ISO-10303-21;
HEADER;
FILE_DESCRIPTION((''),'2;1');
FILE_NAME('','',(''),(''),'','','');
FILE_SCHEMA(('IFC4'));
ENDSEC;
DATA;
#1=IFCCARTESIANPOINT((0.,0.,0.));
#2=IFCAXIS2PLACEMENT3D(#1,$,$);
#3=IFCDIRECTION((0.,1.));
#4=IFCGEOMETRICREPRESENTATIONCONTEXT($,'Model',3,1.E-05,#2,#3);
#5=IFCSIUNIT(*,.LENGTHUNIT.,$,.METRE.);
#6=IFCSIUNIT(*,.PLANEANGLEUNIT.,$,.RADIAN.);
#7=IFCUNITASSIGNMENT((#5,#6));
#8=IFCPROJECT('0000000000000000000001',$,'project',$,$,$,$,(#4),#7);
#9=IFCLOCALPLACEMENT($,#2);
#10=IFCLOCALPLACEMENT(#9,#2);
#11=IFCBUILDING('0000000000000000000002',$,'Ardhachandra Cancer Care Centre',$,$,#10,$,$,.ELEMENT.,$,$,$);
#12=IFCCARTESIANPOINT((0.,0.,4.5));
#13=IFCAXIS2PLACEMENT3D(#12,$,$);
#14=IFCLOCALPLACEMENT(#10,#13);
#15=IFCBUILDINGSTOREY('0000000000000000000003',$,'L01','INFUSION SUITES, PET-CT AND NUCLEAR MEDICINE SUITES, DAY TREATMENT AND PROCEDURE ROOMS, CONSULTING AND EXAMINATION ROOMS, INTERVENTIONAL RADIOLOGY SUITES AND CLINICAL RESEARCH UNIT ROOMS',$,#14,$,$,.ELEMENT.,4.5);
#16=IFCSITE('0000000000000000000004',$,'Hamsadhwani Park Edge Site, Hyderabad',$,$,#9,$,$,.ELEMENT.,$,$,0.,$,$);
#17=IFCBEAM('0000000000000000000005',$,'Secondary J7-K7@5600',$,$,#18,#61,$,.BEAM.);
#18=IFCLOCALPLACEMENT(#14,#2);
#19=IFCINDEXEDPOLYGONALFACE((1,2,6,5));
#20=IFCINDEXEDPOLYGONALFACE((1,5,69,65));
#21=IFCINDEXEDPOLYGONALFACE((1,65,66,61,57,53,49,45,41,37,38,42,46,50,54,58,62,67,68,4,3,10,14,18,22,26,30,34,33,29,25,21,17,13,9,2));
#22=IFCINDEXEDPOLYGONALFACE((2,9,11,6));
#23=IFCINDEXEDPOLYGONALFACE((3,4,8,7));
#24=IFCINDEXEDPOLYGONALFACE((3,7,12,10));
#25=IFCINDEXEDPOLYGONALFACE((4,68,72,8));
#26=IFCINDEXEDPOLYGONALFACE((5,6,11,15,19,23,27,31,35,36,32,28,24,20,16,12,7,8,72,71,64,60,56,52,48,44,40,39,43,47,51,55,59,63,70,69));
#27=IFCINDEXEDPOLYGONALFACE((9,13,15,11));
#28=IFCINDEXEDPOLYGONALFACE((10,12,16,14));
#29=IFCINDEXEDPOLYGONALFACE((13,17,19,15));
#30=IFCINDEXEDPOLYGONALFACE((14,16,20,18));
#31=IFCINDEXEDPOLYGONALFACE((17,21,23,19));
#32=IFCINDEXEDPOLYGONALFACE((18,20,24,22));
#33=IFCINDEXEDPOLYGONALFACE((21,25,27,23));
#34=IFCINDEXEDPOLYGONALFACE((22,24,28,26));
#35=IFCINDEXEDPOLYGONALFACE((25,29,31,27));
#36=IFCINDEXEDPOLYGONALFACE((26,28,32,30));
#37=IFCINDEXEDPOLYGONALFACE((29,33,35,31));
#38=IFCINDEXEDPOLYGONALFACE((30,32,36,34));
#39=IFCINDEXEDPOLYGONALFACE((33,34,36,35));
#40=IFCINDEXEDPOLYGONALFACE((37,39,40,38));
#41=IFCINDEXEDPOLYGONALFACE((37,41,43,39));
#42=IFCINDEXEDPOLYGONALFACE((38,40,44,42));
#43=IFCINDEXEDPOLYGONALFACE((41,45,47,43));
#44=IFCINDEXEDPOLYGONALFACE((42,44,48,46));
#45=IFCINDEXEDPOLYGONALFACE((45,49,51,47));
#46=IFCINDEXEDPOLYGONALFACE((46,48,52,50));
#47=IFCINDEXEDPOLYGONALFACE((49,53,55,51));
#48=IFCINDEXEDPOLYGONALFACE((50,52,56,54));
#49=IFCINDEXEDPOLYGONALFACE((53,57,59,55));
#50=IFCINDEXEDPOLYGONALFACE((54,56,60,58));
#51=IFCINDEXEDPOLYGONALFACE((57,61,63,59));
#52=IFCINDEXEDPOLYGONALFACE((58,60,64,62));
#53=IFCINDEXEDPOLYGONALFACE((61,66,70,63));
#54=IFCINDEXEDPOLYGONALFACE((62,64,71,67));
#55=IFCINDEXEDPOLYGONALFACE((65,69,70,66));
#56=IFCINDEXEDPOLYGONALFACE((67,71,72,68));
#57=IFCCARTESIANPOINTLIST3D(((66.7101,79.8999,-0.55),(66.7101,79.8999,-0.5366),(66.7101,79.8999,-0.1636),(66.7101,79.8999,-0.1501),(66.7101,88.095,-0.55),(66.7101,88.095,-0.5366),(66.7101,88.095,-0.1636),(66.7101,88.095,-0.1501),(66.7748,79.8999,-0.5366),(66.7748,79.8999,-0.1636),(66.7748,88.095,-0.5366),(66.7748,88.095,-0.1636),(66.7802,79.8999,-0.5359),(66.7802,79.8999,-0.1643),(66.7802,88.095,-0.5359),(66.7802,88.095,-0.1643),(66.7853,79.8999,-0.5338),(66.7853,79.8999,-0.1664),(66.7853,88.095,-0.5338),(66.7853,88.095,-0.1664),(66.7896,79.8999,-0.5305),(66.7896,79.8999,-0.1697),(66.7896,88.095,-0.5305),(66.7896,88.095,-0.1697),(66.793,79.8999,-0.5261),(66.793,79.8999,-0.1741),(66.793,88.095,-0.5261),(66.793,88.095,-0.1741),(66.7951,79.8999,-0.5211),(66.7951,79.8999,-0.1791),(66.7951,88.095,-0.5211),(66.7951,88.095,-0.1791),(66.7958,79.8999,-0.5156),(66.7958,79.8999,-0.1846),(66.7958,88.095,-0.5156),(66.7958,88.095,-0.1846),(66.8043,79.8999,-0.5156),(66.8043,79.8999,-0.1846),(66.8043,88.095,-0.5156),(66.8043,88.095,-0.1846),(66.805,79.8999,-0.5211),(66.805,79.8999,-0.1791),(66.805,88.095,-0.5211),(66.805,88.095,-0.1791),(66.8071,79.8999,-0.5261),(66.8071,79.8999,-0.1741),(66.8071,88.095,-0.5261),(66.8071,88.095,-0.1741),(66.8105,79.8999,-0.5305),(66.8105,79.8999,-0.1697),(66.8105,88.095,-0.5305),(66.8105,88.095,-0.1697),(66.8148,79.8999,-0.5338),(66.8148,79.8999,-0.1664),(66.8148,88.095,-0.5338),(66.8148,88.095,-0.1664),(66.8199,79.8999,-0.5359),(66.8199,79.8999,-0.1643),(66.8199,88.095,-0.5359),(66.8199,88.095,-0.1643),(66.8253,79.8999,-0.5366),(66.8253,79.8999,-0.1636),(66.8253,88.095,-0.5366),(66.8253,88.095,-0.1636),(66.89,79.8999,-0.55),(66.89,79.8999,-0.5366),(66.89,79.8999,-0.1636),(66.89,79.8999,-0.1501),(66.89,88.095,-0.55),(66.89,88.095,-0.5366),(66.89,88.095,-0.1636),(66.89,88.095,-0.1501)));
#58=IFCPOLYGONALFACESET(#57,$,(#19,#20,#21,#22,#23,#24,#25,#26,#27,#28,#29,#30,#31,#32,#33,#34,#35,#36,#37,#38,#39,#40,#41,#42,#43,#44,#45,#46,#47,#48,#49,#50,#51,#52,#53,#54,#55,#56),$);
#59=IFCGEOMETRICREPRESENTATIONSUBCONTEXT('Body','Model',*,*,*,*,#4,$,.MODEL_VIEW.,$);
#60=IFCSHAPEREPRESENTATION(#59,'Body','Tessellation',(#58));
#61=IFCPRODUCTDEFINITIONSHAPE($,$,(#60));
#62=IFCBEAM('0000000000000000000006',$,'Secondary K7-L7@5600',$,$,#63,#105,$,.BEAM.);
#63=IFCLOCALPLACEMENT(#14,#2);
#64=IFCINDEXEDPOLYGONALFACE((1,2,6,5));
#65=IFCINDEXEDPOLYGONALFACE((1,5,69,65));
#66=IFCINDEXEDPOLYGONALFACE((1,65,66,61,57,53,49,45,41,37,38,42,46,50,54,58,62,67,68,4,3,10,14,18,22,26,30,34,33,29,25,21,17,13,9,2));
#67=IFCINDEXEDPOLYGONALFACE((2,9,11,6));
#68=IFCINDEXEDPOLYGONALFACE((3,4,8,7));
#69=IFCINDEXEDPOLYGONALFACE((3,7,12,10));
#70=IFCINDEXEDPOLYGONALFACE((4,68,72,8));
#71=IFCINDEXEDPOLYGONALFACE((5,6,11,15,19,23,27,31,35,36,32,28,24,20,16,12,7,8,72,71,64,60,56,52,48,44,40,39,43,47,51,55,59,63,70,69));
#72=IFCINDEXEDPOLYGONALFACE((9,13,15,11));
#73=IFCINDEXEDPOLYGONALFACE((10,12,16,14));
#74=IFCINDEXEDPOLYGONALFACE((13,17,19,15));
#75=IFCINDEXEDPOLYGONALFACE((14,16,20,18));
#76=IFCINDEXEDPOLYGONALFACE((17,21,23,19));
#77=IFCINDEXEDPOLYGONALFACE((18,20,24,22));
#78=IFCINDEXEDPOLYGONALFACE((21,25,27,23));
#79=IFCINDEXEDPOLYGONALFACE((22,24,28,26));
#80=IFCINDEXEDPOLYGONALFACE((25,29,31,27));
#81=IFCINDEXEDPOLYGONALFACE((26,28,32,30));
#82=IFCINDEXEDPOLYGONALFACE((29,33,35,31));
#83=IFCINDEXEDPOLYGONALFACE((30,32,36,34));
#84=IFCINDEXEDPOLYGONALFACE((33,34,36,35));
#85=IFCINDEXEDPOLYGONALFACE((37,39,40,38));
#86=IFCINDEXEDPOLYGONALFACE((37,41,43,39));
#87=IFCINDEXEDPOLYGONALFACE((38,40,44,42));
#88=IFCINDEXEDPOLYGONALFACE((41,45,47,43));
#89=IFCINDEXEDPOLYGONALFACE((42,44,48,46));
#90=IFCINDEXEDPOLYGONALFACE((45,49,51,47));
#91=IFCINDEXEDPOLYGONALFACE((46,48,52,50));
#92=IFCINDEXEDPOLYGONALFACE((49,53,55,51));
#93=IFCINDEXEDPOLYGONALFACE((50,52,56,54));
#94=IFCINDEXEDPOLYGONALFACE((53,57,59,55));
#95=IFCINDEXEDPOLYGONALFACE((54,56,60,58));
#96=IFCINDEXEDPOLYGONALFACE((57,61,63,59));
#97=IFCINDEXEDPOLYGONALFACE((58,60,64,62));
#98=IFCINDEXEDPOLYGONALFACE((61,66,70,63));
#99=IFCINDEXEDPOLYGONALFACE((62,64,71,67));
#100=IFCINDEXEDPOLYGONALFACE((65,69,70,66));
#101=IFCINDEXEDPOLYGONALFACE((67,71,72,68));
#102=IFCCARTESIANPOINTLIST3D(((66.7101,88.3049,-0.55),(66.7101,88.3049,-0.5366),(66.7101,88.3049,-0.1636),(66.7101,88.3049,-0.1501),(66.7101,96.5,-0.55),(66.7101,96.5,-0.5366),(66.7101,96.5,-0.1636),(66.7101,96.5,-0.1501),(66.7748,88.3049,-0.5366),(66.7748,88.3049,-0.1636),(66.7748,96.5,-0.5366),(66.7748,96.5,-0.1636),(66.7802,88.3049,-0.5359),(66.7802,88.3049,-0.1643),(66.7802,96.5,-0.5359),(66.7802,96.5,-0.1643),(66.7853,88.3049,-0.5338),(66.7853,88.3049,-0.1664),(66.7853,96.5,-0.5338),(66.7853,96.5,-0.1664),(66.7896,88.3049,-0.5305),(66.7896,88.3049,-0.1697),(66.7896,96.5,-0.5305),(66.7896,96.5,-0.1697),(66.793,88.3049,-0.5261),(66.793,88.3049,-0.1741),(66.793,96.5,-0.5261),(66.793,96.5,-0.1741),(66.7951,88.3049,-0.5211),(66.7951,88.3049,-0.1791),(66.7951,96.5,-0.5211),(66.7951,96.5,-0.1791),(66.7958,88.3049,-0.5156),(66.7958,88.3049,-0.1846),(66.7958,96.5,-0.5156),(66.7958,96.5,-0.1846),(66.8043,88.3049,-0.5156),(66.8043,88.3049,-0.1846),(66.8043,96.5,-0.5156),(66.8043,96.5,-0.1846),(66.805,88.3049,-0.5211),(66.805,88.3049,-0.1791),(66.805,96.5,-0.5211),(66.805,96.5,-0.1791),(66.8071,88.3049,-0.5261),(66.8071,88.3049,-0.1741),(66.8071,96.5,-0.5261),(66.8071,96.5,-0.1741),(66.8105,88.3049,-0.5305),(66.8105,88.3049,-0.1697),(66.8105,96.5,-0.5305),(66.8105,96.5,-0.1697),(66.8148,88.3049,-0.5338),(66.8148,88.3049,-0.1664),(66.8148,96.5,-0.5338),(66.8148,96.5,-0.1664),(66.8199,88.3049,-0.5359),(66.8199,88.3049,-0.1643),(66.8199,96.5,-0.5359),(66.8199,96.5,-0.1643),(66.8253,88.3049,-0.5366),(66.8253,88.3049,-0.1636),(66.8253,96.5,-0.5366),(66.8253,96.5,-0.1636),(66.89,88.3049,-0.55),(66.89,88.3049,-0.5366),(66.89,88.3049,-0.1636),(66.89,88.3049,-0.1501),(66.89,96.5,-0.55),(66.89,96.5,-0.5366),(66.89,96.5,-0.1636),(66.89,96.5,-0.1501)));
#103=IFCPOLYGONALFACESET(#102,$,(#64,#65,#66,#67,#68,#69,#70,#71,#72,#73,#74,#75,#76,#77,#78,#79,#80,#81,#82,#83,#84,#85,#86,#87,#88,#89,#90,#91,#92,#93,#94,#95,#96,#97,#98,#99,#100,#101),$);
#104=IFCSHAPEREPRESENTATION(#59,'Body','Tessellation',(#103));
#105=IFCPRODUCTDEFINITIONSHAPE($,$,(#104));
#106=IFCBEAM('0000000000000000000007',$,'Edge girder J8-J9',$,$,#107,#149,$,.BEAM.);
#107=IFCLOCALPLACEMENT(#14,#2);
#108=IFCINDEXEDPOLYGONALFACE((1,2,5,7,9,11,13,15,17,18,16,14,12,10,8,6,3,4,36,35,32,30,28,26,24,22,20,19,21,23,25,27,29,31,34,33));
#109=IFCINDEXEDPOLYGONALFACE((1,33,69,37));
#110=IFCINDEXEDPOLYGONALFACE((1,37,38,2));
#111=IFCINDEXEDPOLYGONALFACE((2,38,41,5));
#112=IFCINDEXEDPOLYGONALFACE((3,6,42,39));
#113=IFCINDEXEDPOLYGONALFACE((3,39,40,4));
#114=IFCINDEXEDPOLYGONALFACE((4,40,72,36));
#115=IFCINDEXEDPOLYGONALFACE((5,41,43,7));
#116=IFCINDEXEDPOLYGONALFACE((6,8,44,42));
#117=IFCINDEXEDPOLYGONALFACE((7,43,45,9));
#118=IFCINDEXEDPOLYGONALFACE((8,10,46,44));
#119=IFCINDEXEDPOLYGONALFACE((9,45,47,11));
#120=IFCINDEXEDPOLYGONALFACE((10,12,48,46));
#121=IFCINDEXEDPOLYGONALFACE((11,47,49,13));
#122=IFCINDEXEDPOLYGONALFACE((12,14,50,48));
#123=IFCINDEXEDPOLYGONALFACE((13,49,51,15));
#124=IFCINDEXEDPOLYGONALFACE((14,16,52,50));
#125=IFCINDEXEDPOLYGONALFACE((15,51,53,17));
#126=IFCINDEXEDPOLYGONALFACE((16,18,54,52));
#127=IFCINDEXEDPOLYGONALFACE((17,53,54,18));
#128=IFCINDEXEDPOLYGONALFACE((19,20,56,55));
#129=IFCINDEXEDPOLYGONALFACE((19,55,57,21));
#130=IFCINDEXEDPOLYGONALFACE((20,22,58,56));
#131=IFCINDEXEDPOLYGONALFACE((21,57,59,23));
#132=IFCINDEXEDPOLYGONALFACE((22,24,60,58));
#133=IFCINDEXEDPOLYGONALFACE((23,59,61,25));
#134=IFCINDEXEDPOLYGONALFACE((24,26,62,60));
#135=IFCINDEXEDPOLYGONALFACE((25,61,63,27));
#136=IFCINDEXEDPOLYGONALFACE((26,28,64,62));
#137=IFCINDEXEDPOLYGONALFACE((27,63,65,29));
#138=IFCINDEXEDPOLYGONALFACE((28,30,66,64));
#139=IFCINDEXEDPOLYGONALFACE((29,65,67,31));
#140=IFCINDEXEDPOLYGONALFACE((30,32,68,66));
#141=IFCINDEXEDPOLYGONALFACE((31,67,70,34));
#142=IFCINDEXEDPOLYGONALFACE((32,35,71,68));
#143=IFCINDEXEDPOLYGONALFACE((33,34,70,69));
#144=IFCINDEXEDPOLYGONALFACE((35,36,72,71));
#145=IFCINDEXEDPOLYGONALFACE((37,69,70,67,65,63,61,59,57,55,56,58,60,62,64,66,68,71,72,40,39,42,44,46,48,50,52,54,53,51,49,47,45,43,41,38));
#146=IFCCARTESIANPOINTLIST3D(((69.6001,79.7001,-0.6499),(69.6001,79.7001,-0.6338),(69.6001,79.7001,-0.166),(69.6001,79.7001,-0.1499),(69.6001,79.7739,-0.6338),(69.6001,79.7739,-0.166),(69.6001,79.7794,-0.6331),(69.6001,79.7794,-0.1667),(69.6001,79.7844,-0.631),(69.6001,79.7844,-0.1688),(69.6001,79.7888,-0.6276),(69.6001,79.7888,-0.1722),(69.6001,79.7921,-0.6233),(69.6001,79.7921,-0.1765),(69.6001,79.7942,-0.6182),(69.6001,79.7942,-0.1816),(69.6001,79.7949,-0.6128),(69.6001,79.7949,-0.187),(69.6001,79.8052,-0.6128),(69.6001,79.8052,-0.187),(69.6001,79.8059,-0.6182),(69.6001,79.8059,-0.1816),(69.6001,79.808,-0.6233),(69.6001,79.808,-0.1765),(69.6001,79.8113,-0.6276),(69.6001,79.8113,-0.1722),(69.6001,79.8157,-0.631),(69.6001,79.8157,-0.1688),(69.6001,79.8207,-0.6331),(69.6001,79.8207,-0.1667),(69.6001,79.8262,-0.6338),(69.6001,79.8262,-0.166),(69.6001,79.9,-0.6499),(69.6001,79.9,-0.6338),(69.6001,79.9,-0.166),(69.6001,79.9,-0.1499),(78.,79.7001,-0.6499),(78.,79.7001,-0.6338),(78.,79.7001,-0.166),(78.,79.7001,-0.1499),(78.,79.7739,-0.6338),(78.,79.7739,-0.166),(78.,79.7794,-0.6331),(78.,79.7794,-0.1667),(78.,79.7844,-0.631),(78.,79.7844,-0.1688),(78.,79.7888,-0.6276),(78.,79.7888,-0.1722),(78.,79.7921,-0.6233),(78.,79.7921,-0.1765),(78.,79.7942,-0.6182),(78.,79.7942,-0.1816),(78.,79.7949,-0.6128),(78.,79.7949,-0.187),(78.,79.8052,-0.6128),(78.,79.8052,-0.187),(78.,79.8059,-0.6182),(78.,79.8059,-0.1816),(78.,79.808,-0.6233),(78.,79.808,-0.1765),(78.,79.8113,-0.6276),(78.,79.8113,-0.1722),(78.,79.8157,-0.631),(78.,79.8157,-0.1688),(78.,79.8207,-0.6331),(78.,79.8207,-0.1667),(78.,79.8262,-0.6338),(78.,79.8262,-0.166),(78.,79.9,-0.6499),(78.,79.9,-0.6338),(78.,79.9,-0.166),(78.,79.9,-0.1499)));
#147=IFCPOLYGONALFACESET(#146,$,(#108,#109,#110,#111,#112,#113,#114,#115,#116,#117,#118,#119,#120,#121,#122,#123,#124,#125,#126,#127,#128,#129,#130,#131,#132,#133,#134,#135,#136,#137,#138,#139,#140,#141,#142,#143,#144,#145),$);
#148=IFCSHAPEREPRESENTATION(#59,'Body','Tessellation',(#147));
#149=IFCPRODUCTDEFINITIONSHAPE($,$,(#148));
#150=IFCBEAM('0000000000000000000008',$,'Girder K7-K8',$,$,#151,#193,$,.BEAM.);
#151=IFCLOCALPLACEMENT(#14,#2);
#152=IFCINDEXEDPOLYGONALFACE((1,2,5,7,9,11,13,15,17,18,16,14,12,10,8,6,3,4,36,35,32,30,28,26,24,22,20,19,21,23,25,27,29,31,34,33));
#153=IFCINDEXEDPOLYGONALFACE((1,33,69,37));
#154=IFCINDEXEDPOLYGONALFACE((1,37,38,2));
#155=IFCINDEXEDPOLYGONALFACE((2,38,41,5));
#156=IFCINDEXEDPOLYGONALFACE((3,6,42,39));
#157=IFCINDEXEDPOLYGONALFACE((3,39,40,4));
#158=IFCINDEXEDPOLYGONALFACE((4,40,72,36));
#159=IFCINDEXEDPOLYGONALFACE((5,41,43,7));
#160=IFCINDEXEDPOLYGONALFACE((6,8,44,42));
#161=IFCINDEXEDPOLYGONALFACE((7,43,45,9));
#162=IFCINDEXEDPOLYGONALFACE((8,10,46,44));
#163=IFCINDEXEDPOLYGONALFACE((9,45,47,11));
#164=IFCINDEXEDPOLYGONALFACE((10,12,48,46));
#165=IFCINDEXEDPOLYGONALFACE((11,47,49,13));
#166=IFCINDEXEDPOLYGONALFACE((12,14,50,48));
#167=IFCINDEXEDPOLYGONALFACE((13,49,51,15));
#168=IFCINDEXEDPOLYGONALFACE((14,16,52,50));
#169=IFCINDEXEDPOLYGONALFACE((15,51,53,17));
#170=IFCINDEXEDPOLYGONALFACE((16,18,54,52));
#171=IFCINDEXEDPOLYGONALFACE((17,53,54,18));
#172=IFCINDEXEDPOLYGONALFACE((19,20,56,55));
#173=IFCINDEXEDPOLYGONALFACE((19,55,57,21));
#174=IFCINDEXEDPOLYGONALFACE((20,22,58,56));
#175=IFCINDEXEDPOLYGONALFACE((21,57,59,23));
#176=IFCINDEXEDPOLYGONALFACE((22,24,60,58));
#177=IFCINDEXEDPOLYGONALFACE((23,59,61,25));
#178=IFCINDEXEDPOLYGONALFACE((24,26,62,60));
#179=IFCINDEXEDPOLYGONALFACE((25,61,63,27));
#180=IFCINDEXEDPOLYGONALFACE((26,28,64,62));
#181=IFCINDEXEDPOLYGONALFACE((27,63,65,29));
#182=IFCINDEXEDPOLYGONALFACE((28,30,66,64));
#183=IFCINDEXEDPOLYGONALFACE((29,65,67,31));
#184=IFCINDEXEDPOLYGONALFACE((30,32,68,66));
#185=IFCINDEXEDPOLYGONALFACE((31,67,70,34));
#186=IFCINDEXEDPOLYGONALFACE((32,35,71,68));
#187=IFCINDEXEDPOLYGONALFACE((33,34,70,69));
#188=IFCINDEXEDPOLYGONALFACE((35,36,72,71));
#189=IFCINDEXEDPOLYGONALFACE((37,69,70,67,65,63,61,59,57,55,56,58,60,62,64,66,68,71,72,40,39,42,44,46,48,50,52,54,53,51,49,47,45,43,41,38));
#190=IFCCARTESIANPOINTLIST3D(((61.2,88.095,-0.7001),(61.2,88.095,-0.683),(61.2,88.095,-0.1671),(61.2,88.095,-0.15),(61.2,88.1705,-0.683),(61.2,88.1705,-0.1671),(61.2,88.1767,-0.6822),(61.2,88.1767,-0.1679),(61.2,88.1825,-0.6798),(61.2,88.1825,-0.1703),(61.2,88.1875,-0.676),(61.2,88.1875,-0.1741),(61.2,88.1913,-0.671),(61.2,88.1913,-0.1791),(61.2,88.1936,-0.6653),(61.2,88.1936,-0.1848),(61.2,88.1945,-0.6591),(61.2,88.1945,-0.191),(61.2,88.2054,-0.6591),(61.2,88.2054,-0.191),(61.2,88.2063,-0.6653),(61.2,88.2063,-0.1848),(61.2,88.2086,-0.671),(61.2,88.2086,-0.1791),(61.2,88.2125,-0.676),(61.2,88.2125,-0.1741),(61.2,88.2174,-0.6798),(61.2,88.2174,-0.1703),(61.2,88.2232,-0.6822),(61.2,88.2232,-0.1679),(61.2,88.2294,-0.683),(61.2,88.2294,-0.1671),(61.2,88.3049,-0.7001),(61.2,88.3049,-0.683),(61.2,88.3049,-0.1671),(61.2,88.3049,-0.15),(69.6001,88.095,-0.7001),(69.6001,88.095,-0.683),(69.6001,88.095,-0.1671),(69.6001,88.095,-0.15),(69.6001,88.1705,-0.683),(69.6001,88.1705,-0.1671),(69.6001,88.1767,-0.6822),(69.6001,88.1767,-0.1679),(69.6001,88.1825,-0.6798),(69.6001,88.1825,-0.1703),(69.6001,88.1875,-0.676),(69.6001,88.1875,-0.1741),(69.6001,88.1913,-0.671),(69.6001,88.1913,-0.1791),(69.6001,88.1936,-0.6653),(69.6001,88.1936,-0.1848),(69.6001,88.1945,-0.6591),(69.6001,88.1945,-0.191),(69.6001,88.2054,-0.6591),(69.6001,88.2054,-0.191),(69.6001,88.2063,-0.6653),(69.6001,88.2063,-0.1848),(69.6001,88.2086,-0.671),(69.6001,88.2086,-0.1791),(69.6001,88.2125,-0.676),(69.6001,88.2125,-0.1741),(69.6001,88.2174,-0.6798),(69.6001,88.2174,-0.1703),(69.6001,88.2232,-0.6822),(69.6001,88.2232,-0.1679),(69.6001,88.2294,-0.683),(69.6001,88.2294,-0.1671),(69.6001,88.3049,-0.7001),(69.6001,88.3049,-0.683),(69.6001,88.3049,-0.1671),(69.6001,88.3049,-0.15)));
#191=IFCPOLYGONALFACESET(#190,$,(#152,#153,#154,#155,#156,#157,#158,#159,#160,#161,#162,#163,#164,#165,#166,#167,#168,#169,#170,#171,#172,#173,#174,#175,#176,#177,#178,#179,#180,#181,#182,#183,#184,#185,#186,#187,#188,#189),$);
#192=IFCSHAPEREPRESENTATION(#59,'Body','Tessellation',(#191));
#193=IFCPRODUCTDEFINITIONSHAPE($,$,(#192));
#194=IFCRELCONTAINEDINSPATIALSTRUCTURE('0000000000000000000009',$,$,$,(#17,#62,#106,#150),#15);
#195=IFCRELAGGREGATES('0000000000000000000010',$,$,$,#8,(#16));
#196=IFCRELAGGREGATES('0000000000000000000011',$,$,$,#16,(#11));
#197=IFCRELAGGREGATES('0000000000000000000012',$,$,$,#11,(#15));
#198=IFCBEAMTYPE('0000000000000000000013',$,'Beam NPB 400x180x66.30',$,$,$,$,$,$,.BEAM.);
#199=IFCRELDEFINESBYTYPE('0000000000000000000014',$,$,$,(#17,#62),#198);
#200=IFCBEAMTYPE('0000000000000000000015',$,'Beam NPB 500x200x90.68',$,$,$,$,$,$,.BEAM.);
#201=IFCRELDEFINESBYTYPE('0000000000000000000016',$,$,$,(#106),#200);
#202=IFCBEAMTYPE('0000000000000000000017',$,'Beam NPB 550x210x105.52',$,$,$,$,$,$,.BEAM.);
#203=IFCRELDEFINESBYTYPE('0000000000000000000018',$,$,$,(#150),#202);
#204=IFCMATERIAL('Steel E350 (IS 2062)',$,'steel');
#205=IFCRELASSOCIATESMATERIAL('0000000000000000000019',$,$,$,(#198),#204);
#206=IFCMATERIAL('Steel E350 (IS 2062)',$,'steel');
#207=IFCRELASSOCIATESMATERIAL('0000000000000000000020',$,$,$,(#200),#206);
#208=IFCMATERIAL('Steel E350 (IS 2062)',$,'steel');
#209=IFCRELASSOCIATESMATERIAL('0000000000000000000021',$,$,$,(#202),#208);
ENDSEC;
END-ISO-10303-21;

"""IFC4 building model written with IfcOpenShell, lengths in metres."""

from ifc_helpers import new_model, si_unit, direction, frame, origin, origin_2d, place, context, subcontext, project, spatial, i_section, extrude, material, material_profile, profile_set, type_object, element, save


model = new_model("IFC4")

# Units and contexts
model_context = context("Model", 3, precision=1e-05, world=origin(), true_north=direction((0.0, 1.0)))
body_context = subcontext(model_context, "Body", "Model", "MODEL_VIEW")
ifc_project = project(units=[si_unit("LENGTHUNIT", "METRE"), si_unit("PLANEANGLEUNIT", "RADIAN")], contexts=[model_context])

# Site, building, storey
site_placement = place(None, origin())
site = spatial("IfcSite", under=ifc_project, at=site_placement, Name="Hamsadhwani Park Edge Site, Hyderabad", CompositionType="ELEMENT", RefElevation=0.0)
building_placement = place(site_placement, origin())
building = spatial("IfcBuilding", under=site, at=building_placement, Name="Ardhachandra Cancer Care Centre", CompositionType="ELEMENT")
storey_placement = place(building_placement, frame((0.0, 0.0, 4.5)))
storey = spatial("IfcBuildingStorey", under=building, at=storey_placement, Name="L01", Description="INFUSION SUITES, PET-CT AND NUCLEAR MEDICINE SUITES, DAY TREATMENT AND PROCEDURE ROOMS, CONSULTING AND EXAMINATION ROOMS, INTERVENTIONAL RADIOLOGY SUITES AND CLINICAL RESEARCH UNIT ROOMS", CompositionType="ELEMENT", Elevation=4.5)

# Beams
ifc_material_1 = material(Name="Steel E350 (IS 2062)", Category="steel")
ifc_material_profile_1 = material_profile(ifc_material_1, i_section(OverallWidth=0.1799, OverallDepth=0.3999, WebThickness=0.0085, FlangeThickness=0.0134, FilletRadius=0.021, at=origin_2d()), Name="NPB 400x180x66.30")
ifc_profile_set_1 = profile_set([ifc_material_profile_1], Name="Steel E350 (IS 2062)")
beam_type_1 = type_object("IfcBeamType", Name="Beam NPB 400x180x66.30", PredefinedType="BEAM", material=ifc_profile_set_1)
for number, where, z_axis, x_axis, name in (
    (1, (66.8, 79.8999, -0.3501), (0.0, 1.0, 0.0), (-1.0, 0.0, 0.0), "Secondary J7-K7@5600"),
    (2, (66.8, 88.3049, -0.3501), (0.0, 1.0, 0.0), (-1.0, 0.0, 0.0), "Secondary K7-L7@5600"),
):
    element("IfcBeam", number, at=place(storey_placement, frame(where, z_axis=z_axis, x_axis=x_axis)), inside=storey, type_object=beam_type_1, Name=name, PredefinedType="BEAM", context=body_context, shape_type="SweptSolid", body=[
        extrude(i_section(OverallWidth=0.1799, OverallDepth=0.3999, WebThickness=0.0085, FlangeThickness=0.0134, FilletRadius=0.021, at=origin_2d()), origin(), (0.0, 0.0, 1.0), 8.1951),
    ])
ifc_material_2 = material(Name="Steel E350 (IS 2062)", Category="steel")
ifc_material_profile_2 = material_profile(ifc_material_2, i_section(OverallWidth=0.2, OverallDepth=0.5, WebThickness=0.0103, FlangeThickness=0.0161, FilletRadius=0.021, at=origin_2d()), Name="NPB 500x200x90.68")
ifc_profile_set_2 = profile_set([ifc_material_profile_2], Name="Steel E350 (IS 2062)")
beam_type_2 = type_object("IfcBeamType", Name="Beam NPB 500x200x90.68", PredefinedType="BEAM", material=ifc_profile_set_2)
beam_1_placement = place(storey_placement, frame((69.6001, 79.8, -0.3999), z_axis=(1.0, 0.0, 0.0), x_axis=(0.0, 1.0, 0.0)))
element("IfcBeam", 3, at=beam_1_placement, inside=storey, type_object=beam_type_2, Name="Edge girder J8-J9", PredefinedType="BEAM", context=body_context, shape_type="SweptSolid", body=[
    extrude(i_section(OverallWidth=0.2, OverallDepth=0.5, WebThickness=0.0103, FlangeThickness=0.0161, FilletRadius=0.021, at=origin_2d()), origin(), (0.0, 0.0, 1.0), 8.3999),
])
ifc_material_3 = material(Name="Steel E350 (IS 2062)", Category="steel")
ifc_material_profile_3 = material_profile(ifc_material_3, i_section(OverallWidth=0.21, OverallDepth=0.55, WebThickness=0.011, FlangeThickness=0.0171, FilletRadius=0.0239, at=origin_2d()), Name="NPB 550x210x105.52")
ifc_profile_set_3 = profile_set([ifc_material_profile_3], Name="Steel E350 (IS 2062)")
beam_type_3 = type_object("IfcBeamType", Name="Beam NPB 550x210x105.52", PredefinedType="BEAM", material=ifc_profile_set_3)
for number, where, z_axis, x_axis, name in (
    (4, (61.2, 88.2, -0.425), (1.0, 0.0, 0.0), (0.0, 1.0, 0.0), "Girder K7-K8"),
):
    element("IfcBeam", number, at=place(storey_placement, frame(where, z_axis=z_axis, x_axis=x_axis)), inside=storey, type_object=beam_type_3, Name=name, PredefinedType="BEAM", context=body_context, shape_type="SweptSolid", body=[
        extrude(i_section(OverallWidth=0.21, OverallDepth=0.55, WebThickness=0.011, FlangeThickness=0.0171, FilletRadius=0.0239, at=origin_2d()), origin(), (0.0, 0.0, 1.0), 8.4001),
    ])

save(model, "model.ifc")
